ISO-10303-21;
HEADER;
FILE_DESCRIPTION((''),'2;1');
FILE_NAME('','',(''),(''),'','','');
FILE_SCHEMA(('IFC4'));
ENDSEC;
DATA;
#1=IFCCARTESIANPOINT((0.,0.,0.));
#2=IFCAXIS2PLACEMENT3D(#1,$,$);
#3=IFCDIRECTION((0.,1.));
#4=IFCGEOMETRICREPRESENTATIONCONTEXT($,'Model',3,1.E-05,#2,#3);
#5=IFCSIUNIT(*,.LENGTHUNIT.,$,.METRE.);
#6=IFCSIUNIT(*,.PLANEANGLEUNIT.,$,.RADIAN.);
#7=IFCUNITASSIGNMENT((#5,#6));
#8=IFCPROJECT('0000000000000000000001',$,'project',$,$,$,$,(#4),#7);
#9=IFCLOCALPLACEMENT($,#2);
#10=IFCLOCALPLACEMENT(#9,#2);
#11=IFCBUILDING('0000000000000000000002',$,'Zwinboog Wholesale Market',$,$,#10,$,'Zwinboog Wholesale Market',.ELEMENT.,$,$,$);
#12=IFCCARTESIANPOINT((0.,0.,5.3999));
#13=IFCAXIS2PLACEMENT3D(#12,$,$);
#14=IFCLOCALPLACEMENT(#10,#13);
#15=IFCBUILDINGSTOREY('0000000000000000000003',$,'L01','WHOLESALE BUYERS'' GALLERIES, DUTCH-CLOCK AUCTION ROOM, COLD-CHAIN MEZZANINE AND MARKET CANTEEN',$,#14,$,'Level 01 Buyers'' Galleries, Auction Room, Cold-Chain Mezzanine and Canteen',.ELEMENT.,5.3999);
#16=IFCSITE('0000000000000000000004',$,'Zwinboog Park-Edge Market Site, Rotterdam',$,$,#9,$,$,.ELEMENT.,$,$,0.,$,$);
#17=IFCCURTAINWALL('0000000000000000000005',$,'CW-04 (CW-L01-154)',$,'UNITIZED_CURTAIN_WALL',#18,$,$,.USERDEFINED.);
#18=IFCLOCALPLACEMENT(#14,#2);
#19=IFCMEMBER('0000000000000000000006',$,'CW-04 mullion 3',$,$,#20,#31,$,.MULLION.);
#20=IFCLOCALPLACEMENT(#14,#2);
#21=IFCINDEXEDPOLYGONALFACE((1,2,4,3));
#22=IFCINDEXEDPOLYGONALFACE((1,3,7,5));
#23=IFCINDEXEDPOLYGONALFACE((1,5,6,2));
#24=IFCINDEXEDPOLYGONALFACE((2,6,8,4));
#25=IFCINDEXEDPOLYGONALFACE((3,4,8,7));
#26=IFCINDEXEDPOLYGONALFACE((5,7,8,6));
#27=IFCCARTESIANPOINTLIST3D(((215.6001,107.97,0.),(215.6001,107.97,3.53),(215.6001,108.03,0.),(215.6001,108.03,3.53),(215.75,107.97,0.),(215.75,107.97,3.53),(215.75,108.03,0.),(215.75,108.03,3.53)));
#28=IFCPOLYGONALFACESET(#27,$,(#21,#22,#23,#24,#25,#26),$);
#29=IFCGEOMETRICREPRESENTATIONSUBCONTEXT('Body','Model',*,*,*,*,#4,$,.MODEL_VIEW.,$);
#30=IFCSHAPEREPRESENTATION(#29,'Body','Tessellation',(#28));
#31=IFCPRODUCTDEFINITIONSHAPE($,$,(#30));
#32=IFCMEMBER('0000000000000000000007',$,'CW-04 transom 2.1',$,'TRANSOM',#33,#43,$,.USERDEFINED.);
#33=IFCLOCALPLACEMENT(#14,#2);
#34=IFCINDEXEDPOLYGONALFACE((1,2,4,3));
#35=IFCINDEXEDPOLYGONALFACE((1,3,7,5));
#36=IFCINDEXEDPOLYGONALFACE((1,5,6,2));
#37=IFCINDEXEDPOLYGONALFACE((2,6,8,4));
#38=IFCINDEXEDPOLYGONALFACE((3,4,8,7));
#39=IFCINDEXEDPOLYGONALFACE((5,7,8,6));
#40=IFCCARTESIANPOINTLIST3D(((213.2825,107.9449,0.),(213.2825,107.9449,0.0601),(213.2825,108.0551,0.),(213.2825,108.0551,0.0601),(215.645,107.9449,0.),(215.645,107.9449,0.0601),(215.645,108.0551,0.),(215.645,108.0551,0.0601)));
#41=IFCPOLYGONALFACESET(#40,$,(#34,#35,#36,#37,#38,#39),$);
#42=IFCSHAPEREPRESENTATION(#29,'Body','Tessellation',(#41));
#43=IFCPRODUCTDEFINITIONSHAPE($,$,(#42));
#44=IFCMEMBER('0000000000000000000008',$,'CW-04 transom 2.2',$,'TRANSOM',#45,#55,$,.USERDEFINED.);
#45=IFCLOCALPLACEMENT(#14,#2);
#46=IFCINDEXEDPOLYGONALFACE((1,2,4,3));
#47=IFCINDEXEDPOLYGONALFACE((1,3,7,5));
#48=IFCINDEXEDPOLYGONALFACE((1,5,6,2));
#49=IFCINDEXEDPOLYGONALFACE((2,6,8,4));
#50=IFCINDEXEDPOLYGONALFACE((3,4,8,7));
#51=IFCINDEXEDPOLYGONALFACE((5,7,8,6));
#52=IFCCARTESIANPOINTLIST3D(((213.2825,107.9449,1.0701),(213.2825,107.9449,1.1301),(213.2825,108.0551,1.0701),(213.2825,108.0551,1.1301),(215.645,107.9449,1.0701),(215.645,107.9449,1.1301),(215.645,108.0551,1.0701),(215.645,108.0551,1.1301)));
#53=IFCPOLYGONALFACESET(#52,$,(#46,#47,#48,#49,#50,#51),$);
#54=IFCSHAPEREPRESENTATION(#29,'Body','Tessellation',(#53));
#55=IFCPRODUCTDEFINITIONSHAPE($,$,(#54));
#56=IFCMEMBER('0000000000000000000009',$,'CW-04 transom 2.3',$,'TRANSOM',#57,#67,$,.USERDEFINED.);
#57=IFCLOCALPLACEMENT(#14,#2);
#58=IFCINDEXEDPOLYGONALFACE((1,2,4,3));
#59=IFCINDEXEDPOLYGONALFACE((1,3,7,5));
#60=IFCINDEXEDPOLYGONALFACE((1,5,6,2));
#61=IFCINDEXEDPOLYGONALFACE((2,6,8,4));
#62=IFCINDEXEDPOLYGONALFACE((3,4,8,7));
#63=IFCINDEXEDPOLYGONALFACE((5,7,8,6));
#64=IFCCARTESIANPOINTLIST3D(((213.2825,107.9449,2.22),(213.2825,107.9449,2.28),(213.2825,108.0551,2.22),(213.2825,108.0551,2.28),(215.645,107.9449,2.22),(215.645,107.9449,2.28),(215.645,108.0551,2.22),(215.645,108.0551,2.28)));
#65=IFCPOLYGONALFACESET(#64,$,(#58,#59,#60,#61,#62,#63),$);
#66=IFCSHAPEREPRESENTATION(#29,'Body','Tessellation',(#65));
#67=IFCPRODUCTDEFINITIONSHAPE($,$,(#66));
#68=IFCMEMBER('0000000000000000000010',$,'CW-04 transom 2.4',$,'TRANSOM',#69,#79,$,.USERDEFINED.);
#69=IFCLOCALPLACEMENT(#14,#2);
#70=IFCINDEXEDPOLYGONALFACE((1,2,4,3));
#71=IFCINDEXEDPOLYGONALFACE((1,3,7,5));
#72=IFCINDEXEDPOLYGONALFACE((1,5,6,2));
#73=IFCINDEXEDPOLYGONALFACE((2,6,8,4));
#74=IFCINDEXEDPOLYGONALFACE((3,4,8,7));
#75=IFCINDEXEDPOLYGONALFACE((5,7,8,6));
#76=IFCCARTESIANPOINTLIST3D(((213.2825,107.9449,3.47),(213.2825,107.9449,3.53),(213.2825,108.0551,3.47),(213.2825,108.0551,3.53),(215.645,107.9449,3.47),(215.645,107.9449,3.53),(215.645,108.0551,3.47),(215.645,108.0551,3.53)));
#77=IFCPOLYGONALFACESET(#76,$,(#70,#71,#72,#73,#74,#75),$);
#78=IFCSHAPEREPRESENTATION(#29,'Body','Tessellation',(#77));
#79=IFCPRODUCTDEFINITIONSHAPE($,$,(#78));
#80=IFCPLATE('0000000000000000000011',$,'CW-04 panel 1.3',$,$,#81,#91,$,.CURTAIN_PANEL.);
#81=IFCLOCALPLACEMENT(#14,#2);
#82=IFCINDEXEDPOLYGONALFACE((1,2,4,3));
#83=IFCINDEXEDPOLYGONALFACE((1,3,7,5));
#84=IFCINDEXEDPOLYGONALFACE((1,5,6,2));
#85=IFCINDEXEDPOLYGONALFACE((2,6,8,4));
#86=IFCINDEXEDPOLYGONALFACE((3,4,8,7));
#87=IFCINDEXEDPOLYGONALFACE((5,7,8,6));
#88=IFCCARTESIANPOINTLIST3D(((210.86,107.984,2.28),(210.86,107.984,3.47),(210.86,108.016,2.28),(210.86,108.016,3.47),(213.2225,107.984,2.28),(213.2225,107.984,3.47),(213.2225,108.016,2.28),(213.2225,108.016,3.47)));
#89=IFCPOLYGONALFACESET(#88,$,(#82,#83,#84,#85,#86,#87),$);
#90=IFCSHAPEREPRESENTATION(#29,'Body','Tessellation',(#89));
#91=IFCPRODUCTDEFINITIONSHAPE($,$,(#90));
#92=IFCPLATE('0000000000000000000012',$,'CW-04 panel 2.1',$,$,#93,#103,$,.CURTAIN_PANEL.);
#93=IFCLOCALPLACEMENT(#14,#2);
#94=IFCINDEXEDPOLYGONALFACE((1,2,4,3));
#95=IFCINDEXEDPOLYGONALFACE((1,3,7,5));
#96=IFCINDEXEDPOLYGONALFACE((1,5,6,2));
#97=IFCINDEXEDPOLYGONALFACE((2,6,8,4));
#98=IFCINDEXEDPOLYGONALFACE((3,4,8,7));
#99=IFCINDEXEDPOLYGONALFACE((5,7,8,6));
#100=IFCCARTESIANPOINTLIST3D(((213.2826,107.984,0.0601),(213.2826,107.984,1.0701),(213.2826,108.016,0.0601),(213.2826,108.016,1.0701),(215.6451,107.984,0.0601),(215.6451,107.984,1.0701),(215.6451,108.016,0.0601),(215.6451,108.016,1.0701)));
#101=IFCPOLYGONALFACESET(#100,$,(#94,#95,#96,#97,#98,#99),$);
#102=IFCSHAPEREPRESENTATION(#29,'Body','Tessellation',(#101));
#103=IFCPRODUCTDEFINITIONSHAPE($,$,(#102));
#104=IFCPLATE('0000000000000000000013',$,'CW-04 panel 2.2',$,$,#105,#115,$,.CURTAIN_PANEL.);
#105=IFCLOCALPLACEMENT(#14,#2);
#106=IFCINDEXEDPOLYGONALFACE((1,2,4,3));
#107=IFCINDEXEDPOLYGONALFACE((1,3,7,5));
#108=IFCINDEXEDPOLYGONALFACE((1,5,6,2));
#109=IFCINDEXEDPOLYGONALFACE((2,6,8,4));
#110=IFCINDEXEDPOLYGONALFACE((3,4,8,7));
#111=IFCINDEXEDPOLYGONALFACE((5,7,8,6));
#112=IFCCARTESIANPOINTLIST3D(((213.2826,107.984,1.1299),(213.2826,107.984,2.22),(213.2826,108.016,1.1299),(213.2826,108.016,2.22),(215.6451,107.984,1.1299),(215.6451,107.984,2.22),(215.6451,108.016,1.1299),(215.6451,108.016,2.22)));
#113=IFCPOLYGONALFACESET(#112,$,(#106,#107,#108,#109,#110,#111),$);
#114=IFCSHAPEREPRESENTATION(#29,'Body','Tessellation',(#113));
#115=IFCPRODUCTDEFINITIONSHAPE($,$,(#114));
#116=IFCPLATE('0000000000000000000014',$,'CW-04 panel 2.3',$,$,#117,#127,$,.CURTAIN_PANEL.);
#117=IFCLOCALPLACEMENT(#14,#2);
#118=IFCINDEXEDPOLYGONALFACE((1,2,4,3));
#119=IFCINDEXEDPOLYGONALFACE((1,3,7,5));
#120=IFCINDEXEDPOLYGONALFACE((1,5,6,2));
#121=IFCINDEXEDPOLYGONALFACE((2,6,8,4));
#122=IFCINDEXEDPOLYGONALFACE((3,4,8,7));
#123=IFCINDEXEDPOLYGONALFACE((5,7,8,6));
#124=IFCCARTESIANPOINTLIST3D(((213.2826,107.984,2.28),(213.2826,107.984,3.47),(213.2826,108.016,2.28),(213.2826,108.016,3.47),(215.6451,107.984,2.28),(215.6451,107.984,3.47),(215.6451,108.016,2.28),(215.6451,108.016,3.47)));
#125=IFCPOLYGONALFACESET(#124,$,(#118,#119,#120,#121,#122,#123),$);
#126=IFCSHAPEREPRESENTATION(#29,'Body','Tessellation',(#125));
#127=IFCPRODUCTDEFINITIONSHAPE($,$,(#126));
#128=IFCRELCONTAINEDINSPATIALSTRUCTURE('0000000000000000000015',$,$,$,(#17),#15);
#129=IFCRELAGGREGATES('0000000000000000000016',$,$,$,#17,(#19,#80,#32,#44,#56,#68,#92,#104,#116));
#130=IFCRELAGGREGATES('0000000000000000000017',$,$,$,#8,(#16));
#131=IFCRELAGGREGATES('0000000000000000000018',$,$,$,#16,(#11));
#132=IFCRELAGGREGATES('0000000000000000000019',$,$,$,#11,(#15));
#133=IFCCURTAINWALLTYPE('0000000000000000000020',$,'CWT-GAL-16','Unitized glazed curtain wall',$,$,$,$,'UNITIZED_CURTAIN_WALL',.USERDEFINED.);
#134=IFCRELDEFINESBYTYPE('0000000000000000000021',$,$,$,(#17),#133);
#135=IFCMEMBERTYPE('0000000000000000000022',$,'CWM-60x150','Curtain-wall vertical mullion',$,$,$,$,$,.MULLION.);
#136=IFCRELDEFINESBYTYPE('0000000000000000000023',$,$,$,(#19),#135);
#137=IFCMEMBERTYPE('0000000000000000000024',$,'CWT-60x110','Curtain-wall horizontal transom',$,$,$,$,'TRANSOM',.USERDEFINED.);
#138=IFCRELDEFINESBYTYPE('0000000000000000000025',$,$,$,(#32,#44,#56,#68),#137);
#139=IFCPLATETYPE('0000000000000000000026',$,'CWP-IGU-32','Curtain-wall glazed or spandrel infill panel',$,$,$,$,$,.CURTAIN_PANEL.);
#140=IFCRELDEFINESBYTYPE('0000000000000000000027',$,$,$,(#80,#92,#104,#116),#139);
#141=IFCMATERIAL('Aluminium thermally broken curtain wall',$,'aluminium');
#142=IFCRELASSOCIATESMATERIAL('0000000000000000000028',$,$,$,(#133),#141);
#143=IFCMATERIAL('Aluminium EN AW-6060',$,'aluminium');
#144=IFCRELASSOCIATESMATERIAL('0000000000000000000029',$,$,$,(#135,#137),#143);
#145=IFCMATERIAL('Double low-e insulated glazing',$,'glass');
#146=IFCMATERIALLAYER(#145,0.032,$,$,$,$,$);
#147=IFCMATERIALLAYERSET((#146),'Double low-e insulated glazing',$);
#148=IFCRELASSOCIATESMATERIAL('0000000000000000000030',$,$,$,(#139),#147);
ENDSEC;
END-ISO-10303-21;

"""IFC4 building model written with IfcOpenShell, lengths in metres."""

from ifc_helpers import new_model, si_unit, direction, frame, origin, origin_2d, place, context, subcontext, project, spatial, rectangle, extrude, material, layer, layer_set, material_profile, profile_set, type_object, element, aggregate, save


model = new_model("IFC4")

# Units and contexts
model_context = context("Model", 3, precision=1e-05, world=origin(), true_north=direction((0.0, 1.0)))
body_context = subcontext(model_context, "Body", "Model", "MODEL_VIEW")
ifc_project = project(units=[si_unit("LENGTHUNIT", "METRE"), si_unit("PLANEANGLEUNIT", "RADIAN")], contexts=[model_context])

# Site, building, storey
site_placement = place(None, origin())
site = spatial("IfcSite", under=ifc_project, at=site_placement, Name="Zwinboog Park-Edge Market Site, Rotterdam", CompositionType="ELEMENT", RefElevation=0.0)
building_placement = place(site_placement, origin())
building = spatial("IfcBuilding", under=site, at=building_placement, Name="Zwinboog Wholesale Market", LongName="Zwinboog Wholesale Market", CompositionType="ELEMENT")
storey_placement = place(building_placement, frame((0.0, 0.0, 5.3999)))
storey = spatial("IfcBuildingStorey", under=building, at=storey_placement, Name="L01", Description="WHOLESALE BUYERS' GALLERIES, DUTCH-CLOCK AUCTION ROOM, COLD-CHAIN MEZZANINE AND MARKET CANTEEN", LongName="Level 01 Buyers' Galleries, Auction Room, Cold-Chain Mezzanine and Canteen", CompositionType="ELEMENT", Elevation=5.3999)

# Curtain wall, members, plates
ifc_material_1 = material(Name="Aluminium thermally broken curtain wall", Category="aluminium")
curtain_wall_type = type_object("IfcCurtainWallType", Name="CWT-GAL-16", Description="Unitized glazed curtain wall", ElementType="UNITIZED_CURTAIN_WALL", PredefinedType="USERDEFINED", material=ifc_material_1)
curtain_wall_placement = place(storey_placement, origin())
curtain_wall = element("IfcCurtainWall", 1, at=curtain_wall_placement, inside=storey, type_object=curtain_wall_type, Name="CW-04 (CW-L01-154)", ObjectType="UNITIZED_CURTAIN_WALL", PredefinedType="USERDEFINED")
ifc_material_2 = material(Name="Aluminium EN AW-6060", Category="aluminium")
ifc_material_profile_1 = material_profile(ifc_material_2, rectangle(XDim=0.0601, YDim=0.1499, at=origin_2d()), Name="AL 60x150")
ifc_profile_set_1 = profile_set([ifc_material_profile_1], Name="Aluminium EN AW-6060")
member_type_1 = type_object("IfcMemberType", Name="CWM-60x150", Description="Curtain-wall vertical mullion", PredefinedType="MULLION", material=ifc_profile_set_1)
member_1_placement = place(storey_placement, frame((215.675, 108.0, 0.0), z_axis=(0.0, 0.0, 1.0), x_axis=(0.0, 1.0, 0.0)))
member_1 = element("IfcMember", 2, at=member_1_placement, type_object=member_type_1, Name="CW-04 mullion 3", PredefinedType="MULLION", context=body_context, shape_type="SweptSolid", body=[
    extrude(rectangle(XDim=0.0601, YDim=0.1499, at=origin_2d()), origin(), (0.0, 0.0, 1.0), 3.53),
])
ifc_material_profile_2 = material_profile(ifc_material_2, rectangle(XDim=0.1101, YDim=0.0601, at=origin_2d()), Name="AL 60x110")
ifc_profile_set_2 = profile_set([ifc_material_profile_2], Name="Aluminium EN AW-6060")
member_type_2 = type_object("IfcMemberType", Name="CWT-60x110", Description="Curtain-wall horizontal transom", ElementType="TRANSOM", PredefinedType="USERDEFINED", material=ifc_profile_set_2)
member_2_placement = place(storey_placement, frame((213.2825, 108.0, 0.03), z_axis=(1.0, 0.0, 0.0), x_axis=(0.0, 1.0, 0.0)))
member_2 = element("IfcMember", 3, at=member_2_placement, type_object=member_type_2, Name="CW-04 transom 2.1", ObjectType="TRANSOM", PredefinedType="USERDEFINED", context=body_context, shape_type="SweptSolid", body=[
    extrude(rectangle(XDim=0.1101, YDim=0.0601, at=origin_2d()), origin(), (0.0, 0.0, 1.0), 2.3625),
])
member_3_placement = place(storey_placement, frame((213.2825, 108.0, 1.1001), z_axis=(1.0, 0.0, 0.0), x_axis=(0.0, 1.0, 0.0)))
member_3 = element("IfcMember", 4, at=member_3_placement, type_object=member_type_2, Name="CW-04 transom 2.2", ObjectType="TRANSOM", PredefinedType="USERDEFINED", context=body_context, shape_type="SweptSolid", body=[
    extrude(rectangle(XDim=0.1101, YDim=0.0601, at=origin_2d()), origin(), (0.0, 0.0, 1.0), 2.3625),
])
member_4_placement = place(storey_placement, frame((213.2825, 108.0, 2.25), z_axis=(1.0, 0.0, 0.0), x_axis=(0.0, 1.0, 0.0)))
member_4 = element("IfcMember", 5, at=member_4_placement, type_object=member_type_2, Name="CW-04 transom 2.3", ObjectType="TRANSOM", PredefinedType="USERDEFINED", context=body_context, shape_type="SweptSolid", body=[
    extrude(rectangle(XDim=0.1101, YDim=0.0601, at=origin_2d()), origin(), (0.0, 0.0, 1.0), 2.3625),
])
member_5_placement = place(storey_placement, frame((213.2825, 108.0, 3.5), z_axis=(1.0, 0.0, 0.0), x_axis=(0.0, 1.0, 0.0)))
member_5 = element("IfcMember", 6, at=member_5_placement, type_object=member_type_2, Name="CW-04 transom 2.4", ObjectType="TRANSOM", PredefinedType="USERDEFINED", context=body_context, shape_type="SweptSolid", body=[
    extrude(rectangle(XDim=0.1101, YDim=0.0601, at=origin_2d()), origin(), (0.0, 0.0, 1.0), 2.3625),
])
ifc_material_3 = material(Name="Double low-e insulated glazing", Category="glass")
ifc_layer_1 = layer(ifc_material_3, 0.032)
ifc_layer_set_1 = layer_set([ifc_layer_1], Name="Double low-e insulated glazing")
plate_type = type_object("IfcPlateType", Name="CWP-IGU-32", Description="Curtain-wall glazed or spandrel infill panel", PredefinedType="CURTAIN_PANEL", material=ifc_layer_set_1)
plate_1_placement = place(storey_placement, frame((212.0413, 108.0, 2.28), z_axis=(0.0, 0.0, 1.0), x_axis=(1.0, 0.0, 0.0)))
plate_1 = element("IfcPlate", 7, at=plate_1_placement, type_object=plate_type, Name="CW-04 panel 1.3", PredefinedType="CURTAIN_PANEL", context=body_context, shape_type="SweptSolid", body=[
    extrude(rectangle(XDim=2.3625, YDim=0.032, at=origin_2d()), origin(), (0.0, 0.0, 1.0), 1.1899),
])
plate_2_placement = place(storey_placement, frame((214.4639, 108.0, 0.0601), z_axis=(0.0, 0.0, 1.0), x_axis=(1.0, 0.0, 0.0)))
plate_2 = element("IfcPlate", 8, at=plate_2_placement, type_object=plate_type, Name="CW-04 panel 2.1", PredefinedType="CURTAIN_PANEL", context=body_context, shape_type="SweptSolid", body=[
    extrude(rectangle(XDim=2.3625, YDim=0.032, at=origin_2d()), origin(), (0.0, 0.0, 1.0), 1.01),
])
plate_3_placement = place(storey_placement, frame((214.4639, 108.0, 1.1299), z_axis=(0.0, 0.0, 1.0), x_axis=(1.0, 0.0, 0.0)))
plate_3 = element("IfcPlate", 9, at=plate_3_placement, type_object=plate_type, Name="CW-04 panel 2.2", PredefinedType="CURTAIN_PANEL", context=body_context, shape_type="SweptSolid", body=[
    extrude(rectangle(XDim=2.3625, YDim=0.032, at=origin_2d()), origin(), (0.0, 0.0, 1.0), 1.0901),
])
plate_4_placement = place(storey_placement, frame((214.4639, 108.0, 2.28), z_axis=(0.0, 0.0, 1.0), x_axis=(1.0, 0.0, 0.0)))
plate_4 = element("IfcPlate", 10, at=plate_4_placement, type_object=plate_type, Name="CW-04 panel 2.3", PredefinedType="CURTAIN_PANEL", context=body_context, shape_type="SweptSolid", body=[
    extrude(rectangle(XDim=2.3625, YDim=0.032, at=origin_2d()), origin(), (0.0, 0.0, 1.0), 1.1899),
])
aggregate(curtain_wall, [member_1, plate_1, member_2, member_3, member_4, member_5, plate_2, plate_3, plate_4])

save(model, "model.ifc")
